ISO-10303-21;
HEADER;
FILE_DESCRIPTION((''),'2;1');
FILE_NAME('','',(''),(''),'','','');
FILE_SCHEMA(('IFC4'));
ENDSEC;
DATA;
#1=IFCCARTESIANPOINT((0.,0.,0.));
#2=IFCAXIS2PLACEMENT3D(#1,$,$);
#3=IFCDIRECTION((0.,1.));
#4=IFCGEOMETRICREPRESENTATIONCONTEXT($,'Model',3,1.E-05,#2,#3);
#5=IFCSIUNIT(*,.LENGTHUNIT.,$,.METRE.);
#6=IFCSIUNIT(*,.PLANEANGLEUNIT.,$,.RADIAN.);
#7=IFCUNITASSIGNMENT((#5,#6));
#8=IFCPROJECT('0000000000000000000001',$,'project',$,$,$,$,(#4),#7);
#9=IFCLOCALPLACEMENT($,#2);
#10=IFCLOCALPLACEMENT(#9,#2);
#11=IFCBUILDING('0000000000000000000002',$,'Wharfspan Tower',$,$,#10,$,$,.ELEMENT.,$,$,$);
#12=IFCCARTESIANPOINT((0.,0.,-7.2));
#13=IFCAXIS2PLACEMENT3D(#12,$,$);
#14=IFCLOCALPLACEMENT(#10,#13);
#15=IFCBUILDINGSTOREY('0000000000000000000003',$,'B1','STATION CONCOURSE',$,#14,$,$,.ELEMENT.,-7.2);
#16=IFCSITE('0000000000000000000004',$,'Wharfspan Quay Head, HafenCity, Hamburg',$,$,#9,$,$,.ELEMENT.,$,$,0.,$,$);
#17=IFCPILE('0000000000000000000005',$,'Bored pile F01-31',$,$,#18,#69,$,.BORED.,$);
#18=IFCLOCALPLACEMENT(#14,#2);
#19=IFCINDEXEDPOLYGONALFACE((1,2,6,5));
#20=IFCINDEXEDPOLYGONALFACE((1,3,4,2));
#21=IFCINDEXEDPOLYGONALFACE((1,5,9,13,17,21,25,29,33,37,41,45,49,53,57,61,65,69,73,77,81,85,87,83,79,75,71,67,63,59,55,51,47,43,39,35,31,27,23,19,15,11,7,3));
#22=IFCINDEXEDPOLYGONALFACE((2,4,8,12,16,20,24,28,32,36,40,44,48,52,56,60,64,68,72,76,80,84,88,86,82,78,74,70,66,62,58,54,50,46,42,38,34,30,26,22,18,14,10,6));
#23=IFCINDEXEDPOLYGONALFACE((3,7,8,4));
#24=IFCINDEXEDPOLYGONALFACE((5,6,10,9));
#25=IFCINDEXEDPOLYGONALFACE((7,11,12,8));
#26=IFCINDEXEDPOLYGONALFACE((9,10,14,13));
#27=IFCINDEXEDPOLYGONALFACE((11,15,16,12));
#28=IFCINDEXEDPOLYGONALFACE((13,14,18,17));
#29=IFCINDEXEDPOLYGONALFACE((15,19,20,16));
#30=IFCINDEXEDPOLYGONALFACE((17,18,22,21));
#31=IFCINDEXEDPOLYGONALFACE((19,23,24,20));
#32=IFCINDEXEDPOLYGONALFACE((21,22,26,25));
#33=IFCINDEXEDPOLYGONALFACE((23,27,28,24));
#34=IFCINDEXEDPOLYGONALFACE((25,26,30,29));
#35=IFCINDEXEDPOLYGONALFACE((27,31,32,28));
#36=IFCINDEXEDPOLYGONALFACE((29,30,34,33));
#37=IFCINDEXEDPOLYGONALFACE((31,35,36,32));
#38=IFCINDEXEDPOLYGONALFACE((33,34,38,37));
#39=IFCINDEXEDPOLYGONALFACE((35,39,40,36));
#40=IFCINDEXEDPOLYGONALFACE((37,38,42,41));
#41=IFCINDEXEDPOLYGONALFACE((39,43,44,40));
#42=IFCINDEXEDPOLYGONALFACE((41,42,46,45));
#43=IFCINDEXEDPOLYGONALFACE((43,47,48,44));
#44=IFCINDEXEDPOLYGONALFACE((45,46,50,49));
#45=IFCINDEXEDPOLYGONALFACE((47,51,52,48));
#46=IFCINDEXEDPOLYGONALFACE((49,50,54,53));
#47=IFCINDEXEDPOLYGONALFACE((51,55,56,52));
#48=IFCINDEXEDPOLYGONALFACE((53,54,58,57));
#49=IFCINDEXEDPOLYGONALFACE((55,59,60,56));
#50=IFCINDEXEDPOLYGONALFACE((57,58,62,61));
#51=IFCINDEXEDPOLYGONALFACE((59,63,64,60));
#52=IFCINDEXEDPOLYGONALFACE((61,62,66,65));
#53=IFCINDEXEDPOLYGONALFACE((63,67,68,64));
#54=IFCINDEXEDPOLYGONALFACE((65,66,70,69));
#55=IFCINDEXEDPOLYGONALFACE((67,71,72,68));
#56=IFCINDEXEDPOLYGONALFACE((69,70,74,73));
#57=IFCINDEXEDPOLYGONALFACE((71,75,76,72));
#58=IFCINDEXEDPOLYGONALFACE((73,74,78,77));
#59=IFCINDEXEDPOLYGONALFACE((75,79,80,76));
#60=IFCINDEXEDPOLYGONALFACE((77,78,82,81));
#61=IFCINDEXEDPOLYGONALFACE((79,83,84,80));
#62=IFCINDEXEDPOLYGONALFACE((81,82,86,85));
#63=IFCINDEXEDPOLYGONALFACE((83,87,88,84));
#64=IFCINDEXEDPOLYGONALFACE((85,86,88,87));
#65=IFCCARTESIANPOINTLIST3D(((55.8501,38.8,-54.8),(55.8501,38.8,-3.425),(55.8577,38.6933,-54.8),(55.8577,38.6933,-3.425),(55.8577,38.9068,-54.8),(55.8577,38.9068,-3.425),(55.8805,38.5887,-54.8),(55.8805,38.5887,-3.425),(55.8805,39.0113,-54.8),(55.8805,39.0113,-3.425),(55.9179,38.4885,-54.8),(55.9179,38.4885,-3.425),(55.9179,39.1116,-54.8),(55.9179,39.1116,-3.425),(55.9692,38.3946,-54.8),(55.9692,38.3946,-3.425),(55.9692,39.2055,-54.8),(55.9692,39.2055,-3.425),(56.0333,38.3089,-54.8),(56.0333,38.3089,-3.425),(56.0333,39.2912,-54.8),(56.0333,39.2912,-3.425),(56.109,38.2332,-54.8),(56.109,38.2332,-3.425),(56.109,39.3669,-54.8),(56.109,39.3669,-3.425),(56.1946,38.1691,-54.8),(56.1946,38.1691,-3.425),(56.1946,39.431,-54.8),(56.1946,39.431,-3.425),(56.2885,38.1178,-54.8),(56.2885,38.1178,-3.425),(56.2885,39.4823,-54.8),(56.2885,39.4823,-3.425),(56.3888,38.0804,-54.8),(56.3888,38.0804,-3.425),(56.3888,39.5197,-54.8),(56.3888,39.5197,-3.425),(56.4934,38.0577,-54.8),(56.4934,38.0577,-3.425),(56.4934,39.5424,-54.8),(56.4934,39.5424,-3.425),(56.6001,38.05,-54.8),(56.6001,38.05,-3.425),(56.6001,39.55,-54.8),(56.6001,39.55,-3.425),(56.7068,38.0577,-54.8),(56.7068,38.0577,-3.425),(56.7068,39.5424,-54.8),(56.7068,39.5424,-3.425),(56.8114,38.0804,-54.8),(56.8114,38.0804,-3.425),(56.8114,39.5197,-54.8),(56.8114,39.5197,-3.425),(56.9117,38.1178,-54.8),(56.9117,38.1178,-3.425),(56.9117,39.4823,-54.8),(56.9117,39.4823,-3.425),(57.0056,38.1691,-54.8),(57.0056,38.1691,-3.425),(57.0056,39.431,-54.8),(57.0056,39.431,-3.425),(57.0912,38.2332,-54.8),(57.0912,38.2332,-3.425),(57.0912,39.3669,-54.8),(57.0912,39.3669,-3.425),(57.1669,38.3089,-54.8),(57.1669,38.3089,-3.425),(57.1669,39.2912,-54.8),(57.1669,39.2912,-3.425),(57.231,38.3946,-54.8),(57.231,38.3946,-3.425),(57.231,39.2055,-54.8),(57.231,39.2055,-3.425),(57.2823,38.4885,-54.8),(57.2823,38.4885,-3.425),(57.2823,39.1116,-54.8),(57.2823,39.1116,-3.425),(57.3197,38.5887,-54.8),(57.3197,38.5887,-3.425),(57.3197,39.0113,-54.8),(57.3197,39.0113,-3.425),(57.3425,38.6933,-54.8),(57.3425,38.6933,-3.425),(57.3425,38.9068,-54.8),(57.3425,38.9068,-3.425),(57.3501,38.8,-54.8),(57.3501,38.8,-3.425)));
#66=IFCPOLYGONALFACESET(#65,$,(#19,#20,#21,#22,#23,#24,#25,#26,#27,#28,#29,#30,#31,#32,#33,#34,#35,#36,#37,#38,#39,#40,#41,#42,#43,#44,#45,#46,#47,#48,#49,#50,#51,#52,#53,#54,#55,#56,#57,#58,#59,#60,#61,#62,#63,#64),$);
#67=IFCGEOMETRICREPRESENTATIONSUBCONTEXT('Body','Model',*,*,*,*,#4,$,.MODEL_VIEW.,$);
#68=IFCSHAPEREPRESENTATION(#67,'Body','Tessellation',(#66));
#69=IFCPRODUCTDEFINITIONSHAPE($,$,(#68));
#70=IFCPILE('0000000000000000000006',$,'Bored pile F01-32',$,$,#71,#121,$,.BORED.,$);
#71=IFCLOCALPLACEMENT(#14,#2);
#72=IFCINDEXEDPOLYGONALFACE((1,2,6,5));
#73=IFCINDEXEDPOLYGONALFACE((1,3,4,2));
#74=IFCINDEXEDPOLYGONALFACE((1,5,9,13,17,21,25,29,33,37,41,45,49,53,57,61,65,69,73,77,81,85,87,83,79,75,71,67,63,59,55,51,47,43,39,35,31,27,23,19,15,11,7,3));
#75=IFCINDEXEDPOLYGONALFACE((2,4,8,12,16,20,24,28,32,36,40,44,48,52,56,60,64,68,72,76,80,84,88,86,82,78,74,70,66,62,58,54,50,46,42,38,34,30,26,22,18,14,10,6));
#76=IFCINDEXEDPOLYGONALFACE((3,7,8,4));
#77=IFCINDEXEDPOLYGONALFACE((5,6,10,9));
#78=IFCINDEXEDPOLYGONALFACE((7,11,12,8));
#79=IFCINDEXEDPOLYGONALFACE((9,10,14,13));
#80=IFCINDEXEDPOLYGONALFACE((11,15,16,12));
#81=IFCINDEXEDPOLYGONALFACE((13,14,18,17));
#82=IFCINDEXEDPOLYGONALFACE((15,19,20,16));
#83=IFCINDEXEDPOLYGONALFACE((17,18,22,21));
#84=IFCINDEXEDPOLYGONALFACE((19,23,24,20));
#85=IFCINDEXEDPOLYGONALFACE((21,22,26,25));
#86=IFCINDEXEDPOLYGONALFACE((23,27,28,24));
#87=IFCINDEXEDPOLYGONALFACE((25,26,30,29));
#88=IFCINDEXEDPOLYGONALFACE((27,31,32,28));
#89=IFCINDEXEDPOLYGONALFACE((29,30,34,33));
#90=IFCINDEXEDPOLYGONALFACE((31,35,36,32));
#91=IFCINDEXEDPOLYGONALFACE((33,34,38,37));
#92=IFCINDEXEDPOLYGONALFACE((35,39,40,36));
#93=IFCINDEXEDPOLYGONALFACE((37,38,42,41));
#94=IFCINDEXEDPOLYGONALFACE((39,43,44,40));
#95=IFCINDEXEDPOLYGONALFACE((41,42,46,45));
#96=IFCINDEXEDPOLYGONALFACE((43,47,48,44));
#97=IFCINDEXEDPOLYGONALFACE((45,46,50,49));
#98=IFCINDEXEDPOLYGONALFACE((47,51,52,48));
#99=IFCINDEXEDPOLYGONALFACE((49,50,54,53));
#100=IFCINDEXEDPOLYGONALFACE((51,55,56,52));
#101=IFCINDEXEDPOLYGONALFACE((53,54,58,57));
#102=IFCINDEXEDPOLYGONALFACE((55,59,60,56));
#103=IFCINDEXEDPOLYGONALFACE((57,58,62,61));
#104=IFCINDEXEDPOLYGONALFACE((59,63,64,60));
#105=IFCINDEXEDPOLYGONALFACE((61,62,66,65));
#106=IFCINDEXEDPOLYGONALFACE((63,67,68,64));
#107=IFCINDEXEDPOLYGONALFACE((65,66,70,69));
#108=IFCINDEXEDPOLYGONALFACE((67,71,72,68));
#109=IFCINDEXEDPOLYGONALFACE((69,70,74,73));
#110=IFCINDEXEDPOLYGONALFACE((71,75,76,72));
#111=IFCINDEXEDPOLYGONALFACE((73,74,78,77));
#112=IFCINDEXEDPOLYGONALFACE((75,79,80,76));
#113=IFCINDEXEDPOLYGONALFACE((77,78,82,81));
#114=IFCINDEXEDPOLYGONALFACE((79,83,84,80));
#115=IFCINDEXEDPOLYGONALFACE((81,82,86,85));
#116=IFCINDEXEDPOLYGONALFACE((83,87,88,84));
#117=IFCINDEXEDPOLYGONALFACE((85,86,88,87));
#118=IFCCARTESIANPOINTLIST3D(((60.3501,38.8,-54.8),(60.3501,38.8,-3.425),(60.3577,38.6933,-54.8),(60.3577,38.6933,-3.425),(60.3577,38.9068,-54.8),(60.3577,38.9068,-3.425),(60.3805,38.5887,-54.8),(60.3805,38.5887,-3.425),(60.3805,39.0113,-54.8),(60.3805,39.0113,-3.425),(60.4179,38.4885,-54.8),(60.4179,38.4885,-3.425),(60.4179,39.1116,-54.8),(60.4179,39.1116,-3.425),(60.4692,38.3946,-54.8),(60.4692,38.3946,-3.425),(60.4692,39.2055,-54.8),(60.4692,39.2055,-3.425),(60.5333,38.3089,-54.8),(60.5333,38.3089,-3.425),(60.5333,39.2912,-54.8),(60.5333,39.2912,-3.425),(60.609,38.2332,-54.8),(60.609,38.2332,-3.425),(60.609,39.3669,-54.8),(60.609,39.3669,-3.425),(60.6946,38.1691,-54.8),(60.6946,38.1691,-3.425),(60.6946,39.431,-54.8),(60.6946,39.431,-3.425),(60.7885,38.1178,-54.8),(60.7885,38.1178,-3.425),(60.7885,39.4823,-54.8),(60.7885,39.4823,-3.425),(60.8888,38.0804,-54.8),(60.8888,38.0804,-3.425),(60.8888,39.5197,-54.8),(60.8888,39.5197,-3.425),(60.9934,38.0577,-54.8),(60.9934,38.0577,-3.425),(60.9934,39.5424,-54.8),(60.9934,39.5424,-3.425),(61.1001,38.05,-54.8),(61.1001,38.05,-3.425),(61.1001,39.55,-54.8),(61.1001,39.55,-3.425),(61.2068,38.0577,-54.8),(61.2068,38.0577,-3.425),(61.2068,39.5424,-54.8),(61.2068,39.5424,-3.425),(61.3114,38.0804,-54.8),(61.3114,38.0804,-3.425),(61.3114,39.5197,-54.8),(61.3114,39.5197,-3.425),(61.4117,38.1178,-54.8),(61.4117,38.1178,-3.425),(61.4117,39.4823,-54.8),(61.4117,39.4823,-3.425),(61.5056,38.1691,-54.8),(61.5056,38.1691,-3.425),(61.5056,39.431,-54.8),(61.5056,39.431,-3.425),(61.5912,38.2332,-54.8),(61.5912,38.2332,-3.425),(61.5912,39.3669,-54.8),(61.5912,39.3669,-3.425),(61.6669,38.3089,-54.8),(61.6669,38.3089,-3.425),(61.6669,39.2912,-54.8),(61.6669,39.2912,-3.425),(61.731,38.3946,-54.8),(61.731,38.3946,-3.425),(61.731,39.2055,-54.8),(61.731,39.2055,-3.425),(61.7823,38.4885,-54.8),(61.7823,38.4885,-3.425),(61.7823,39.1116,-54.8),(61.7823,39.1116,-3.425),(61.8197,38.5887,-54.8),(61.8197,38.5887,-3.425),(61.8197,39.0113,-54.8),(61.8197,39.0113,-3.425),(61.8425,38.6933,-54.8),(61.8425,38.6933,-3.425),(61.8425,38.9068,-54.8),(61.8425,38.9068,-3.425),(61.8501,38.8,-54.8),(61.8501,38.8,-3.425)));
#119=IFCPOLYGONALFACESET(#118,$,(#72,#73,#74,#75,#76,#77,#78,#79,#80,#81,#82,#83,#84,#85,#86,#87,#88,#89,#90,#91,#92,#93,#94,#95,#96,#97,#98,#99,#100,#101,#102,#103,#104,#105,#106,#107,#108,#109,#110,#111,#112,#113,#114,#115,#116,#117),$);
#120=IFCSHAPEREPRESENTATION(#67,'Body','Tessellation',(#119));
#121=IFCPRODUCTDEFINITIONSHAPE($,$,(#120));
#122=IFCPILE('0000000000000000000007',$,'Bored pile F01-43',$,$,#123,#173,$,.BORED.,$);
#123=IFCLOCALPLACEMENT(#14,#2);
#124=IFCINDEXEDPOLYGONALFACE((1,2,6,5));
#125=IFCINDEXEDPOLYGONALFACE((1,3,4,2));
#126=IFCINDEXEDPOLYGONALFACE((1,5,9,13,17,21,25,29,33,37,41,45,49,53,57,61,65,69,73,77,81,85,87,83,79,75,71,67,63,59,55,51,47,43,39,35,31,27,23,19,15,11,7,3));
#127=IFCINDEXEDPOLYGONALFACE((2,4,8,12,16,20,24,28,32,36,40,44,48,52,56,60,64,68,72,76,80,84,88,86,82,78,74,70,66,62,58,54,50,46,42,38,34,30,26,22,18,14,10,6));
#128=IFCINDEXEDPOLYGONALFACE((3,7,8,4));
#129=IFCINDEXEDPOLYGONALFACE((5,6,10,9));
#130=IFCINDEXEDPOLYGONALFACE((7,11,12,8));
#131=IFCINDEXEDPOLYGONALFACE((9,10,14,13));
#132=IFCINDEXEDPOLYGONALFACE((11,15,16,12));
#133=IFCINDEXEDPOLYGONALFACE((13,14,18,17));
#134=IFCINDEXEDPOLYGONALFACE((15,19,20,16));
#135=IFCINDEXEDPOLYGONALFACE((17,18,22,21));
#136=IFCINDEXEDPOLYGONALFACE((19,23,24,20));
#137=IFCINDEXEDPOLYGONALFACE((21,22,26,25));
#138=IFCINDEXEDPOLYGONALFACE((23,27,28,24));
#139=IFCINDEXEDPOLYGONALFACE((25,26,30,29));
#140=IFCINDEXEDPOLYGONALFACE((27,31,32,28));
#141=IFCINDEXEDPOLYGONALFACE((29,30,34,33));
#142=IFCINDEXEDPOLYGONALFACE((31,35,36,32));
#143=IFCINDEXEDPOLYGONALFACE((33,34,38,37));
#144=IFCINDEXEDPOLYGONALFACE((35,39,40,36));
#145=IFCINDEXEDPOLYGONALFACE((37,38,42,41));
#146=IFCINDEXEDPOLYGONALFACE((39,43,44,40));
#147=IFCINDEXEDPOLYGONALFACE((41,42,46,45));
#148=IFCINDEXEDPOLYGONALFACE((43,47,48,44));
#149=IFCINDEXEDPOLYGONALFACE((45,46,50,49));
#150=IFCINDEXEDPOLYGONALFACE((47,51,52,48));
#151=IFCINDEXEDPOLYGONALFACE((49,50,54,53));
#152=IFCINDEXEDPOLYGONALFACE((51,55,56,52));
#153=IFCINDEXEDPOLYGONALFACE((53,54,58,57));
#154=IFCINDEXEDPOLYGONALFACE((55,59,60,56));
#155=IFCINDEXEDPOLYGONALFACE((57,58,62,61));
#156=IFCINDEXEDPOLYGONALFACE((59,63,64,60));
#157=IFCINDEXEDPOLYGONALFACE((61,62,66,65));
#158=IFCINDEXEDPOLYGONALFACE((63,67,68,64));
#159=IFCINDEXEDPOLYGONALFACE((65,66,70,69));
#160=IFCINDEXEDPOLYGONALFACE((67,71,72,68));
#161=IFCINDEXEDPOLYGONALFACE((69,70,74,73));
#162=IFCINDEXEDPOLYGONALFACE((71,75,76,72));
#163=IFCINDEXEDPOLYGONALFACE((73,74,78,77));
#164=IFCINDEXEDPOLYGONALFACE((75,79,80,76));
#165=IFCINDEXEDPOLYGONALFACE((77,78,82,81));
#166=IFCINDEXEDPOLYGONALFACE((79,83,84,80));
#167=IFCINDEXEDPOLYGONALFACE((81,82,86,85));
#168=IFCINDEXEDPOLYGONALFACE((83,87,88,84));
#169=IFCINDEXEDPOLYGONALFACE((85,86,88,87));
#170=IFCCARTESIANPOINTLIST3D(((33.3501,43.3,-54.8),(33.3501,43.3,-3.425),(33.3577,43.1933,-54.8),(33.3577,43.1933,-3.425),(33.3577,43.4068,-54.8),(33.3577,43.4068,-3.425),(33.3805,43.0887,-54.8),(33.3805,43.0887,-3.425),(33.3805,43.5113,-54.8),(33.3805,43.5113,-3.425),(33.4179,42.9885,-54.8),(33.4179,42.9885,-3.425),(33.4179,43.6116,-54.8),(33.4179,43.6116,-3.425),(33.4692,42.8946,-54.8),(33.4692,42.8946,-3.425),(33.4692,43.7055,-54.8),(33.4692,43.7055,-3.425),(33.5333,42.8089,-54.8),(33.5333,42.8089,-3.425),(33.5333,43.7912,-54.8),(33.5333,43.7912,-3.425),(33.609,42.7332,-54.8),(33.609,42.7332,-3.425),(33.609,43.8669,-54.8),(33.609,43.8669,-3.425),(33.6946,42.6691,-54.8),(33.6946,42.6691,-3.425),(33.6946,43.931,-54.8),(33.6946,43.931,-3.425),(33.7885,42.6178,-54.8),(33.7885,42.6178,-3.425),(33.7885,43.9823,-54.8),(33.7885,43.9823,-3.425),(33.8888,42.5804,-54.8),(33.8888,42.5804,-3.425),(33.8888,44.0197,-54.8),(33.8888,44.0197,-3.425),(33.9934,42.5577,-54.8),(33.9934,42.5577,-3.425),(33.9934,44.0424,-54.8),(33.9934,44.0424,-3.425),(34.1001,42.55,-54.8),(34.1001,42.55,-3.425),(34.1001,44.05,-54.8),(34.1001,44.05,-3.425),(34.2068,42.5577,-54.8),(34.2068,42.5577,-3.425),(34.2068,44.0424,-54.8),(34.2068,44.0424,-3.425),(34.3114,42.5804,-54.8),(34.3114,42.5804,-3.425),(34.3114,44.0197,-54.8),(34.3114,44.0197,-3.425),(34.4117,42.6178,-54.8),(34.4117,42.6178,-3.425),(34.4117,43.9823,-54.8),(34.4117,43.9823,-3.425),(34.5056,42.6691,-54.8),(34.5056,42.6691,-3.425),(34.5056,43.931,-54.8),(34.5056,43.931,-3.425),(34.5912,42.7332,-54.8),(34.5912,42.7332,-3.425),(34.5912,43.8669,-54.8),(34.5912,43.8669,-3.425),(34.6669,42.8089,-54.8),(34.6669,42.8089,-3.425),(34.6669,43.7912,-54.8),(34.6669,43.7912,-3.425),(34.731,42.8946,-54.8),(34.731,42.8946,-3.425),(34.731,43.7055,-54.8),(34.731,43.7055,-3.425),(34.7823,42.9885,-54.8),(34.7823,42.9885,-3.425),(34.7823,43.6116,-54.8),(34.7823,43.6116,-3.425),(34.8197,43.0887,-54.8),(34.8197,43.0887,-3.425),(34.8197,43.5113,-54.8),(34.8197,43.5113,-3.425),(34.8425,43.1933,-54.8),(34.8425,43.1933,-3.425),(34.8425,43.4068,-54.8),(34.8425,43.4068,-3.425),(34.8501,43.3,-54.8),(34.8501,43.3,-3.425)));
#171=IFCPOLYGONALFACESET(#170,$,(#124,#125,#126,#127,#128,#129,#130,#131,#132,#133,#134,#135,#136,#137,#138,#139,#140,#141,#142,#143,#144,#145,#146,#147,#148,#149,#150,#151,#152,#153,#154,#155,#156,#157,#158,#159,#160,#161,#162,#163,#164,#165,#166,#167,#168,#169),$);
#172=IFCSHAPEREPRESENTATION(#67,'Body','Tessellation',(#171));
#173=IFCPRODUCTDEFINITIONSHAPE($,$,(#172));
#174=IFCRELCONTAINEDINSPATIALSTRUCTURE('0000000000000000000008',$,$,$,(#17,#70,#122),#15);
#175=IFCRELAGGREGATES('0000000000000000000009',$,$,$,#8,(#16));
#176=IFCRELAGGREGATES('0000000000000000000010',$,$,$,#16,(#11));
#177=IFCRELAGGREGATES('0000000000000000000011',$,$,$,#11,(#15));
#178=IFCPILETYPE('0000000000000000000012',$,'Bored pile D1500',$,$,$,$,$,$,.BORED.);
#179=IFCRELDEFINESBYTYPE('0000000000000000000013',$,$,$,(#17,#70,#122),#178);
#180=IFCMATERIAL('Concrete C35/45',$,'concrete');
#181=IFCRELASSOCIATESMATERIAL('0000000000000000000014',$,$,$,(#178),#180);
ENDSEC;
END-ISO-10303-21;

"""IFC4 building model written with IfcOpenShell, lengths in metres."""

from ifc_helpers import new_model, si_unit, direction, frame, origin, origin_2d, place, context, subcontext, project, spatial, circle, extrude, material, material_profile, profile_set, type_object, element, save


model = new_model("IFC4")

# Units and contexts
model_context = context("Model", 3, precision=1e-05, world=origin(), true_north=direction((0.0, 1.0)))
body_context = subcontext(model_context, "Body", "Model", "MODEL_VIEW")
ifc_project = project(units=[si_unit("LENGTHUNIT", "METRE"), si_unit("PLANEANGLEUNIT", "RADIAN")], contexts=[model_context])

# Site, building, storey
site_placement = place(None, origin())
site = spatial("IfcSite", under=ifc_project, at=site_placement, Name="Wharfspan Quay Head, HafenCity, Hamburg", CompositionType="ELEMENT", RefElevation=0.0)
building_placement = place(site_placement, origin())
building = spatial("IfcBuilding", under=site, at=building_placement, Name="Wharfspan Tower", CompositionType="ELEMENT")
storey_placement = place(building_placement, frame((0.0, 0.0, -7.2)))
storey = spatial("IfcBuildingStorey", under=building, at=storey_placement, Name="B1", Description="STATION CONCOURSE", CompositionType="ELEMENT", Elevation=-7.2)

# Piles
ifc_material_1 = material(Name="Concrete C35/45", Category="concrete")
ifc_material_profile_1 = material_profile(ifc_material_1, circle(Radius=0.75, at=origin_2d()))
ifc_profile_set_1 = profile_set([ifc_material_profile_1], Name="Concrete C35/45")
pile_type = type_object("IfcPileType", Name="Bored pile D1500", PredefinedType="BORED", material=ifc_profile_set_1)
for number, where, z_axis, x_axis, name in (
    (1, (56.6001, 38.8, -3.425), (0.0, 0.0, -1.0), (1.0, 0.0, 0.0), "Bored pile F01-31"),
    (2, (61.1001, 38.8, -3.425), (0.0, 0.0, -1.0), (1.0, 0.0, 0.0), "Bored pile F01-32"),
    (3, (34.1001, 43.3, -3.425), (0.0, 0.0, -1.0), (1.0, 0.0, 0.0), "Bored pile F01-43"),
):
    element("IfcPile", number, at=place(storey_placement, frame(where, z_axis=z_axis, x_axis=x_axis)), inside=storey, type_object=pile_type, Name=name, PredefinedType="BORED", context=body_context, shape_type="SweptSolid", body=[
        extrude(circle(Radius=0.75, at=origin_2d()), origin(), (0.0, 0.0, 1.0), 51.375),
    ])

save(model, "model.ifc")
